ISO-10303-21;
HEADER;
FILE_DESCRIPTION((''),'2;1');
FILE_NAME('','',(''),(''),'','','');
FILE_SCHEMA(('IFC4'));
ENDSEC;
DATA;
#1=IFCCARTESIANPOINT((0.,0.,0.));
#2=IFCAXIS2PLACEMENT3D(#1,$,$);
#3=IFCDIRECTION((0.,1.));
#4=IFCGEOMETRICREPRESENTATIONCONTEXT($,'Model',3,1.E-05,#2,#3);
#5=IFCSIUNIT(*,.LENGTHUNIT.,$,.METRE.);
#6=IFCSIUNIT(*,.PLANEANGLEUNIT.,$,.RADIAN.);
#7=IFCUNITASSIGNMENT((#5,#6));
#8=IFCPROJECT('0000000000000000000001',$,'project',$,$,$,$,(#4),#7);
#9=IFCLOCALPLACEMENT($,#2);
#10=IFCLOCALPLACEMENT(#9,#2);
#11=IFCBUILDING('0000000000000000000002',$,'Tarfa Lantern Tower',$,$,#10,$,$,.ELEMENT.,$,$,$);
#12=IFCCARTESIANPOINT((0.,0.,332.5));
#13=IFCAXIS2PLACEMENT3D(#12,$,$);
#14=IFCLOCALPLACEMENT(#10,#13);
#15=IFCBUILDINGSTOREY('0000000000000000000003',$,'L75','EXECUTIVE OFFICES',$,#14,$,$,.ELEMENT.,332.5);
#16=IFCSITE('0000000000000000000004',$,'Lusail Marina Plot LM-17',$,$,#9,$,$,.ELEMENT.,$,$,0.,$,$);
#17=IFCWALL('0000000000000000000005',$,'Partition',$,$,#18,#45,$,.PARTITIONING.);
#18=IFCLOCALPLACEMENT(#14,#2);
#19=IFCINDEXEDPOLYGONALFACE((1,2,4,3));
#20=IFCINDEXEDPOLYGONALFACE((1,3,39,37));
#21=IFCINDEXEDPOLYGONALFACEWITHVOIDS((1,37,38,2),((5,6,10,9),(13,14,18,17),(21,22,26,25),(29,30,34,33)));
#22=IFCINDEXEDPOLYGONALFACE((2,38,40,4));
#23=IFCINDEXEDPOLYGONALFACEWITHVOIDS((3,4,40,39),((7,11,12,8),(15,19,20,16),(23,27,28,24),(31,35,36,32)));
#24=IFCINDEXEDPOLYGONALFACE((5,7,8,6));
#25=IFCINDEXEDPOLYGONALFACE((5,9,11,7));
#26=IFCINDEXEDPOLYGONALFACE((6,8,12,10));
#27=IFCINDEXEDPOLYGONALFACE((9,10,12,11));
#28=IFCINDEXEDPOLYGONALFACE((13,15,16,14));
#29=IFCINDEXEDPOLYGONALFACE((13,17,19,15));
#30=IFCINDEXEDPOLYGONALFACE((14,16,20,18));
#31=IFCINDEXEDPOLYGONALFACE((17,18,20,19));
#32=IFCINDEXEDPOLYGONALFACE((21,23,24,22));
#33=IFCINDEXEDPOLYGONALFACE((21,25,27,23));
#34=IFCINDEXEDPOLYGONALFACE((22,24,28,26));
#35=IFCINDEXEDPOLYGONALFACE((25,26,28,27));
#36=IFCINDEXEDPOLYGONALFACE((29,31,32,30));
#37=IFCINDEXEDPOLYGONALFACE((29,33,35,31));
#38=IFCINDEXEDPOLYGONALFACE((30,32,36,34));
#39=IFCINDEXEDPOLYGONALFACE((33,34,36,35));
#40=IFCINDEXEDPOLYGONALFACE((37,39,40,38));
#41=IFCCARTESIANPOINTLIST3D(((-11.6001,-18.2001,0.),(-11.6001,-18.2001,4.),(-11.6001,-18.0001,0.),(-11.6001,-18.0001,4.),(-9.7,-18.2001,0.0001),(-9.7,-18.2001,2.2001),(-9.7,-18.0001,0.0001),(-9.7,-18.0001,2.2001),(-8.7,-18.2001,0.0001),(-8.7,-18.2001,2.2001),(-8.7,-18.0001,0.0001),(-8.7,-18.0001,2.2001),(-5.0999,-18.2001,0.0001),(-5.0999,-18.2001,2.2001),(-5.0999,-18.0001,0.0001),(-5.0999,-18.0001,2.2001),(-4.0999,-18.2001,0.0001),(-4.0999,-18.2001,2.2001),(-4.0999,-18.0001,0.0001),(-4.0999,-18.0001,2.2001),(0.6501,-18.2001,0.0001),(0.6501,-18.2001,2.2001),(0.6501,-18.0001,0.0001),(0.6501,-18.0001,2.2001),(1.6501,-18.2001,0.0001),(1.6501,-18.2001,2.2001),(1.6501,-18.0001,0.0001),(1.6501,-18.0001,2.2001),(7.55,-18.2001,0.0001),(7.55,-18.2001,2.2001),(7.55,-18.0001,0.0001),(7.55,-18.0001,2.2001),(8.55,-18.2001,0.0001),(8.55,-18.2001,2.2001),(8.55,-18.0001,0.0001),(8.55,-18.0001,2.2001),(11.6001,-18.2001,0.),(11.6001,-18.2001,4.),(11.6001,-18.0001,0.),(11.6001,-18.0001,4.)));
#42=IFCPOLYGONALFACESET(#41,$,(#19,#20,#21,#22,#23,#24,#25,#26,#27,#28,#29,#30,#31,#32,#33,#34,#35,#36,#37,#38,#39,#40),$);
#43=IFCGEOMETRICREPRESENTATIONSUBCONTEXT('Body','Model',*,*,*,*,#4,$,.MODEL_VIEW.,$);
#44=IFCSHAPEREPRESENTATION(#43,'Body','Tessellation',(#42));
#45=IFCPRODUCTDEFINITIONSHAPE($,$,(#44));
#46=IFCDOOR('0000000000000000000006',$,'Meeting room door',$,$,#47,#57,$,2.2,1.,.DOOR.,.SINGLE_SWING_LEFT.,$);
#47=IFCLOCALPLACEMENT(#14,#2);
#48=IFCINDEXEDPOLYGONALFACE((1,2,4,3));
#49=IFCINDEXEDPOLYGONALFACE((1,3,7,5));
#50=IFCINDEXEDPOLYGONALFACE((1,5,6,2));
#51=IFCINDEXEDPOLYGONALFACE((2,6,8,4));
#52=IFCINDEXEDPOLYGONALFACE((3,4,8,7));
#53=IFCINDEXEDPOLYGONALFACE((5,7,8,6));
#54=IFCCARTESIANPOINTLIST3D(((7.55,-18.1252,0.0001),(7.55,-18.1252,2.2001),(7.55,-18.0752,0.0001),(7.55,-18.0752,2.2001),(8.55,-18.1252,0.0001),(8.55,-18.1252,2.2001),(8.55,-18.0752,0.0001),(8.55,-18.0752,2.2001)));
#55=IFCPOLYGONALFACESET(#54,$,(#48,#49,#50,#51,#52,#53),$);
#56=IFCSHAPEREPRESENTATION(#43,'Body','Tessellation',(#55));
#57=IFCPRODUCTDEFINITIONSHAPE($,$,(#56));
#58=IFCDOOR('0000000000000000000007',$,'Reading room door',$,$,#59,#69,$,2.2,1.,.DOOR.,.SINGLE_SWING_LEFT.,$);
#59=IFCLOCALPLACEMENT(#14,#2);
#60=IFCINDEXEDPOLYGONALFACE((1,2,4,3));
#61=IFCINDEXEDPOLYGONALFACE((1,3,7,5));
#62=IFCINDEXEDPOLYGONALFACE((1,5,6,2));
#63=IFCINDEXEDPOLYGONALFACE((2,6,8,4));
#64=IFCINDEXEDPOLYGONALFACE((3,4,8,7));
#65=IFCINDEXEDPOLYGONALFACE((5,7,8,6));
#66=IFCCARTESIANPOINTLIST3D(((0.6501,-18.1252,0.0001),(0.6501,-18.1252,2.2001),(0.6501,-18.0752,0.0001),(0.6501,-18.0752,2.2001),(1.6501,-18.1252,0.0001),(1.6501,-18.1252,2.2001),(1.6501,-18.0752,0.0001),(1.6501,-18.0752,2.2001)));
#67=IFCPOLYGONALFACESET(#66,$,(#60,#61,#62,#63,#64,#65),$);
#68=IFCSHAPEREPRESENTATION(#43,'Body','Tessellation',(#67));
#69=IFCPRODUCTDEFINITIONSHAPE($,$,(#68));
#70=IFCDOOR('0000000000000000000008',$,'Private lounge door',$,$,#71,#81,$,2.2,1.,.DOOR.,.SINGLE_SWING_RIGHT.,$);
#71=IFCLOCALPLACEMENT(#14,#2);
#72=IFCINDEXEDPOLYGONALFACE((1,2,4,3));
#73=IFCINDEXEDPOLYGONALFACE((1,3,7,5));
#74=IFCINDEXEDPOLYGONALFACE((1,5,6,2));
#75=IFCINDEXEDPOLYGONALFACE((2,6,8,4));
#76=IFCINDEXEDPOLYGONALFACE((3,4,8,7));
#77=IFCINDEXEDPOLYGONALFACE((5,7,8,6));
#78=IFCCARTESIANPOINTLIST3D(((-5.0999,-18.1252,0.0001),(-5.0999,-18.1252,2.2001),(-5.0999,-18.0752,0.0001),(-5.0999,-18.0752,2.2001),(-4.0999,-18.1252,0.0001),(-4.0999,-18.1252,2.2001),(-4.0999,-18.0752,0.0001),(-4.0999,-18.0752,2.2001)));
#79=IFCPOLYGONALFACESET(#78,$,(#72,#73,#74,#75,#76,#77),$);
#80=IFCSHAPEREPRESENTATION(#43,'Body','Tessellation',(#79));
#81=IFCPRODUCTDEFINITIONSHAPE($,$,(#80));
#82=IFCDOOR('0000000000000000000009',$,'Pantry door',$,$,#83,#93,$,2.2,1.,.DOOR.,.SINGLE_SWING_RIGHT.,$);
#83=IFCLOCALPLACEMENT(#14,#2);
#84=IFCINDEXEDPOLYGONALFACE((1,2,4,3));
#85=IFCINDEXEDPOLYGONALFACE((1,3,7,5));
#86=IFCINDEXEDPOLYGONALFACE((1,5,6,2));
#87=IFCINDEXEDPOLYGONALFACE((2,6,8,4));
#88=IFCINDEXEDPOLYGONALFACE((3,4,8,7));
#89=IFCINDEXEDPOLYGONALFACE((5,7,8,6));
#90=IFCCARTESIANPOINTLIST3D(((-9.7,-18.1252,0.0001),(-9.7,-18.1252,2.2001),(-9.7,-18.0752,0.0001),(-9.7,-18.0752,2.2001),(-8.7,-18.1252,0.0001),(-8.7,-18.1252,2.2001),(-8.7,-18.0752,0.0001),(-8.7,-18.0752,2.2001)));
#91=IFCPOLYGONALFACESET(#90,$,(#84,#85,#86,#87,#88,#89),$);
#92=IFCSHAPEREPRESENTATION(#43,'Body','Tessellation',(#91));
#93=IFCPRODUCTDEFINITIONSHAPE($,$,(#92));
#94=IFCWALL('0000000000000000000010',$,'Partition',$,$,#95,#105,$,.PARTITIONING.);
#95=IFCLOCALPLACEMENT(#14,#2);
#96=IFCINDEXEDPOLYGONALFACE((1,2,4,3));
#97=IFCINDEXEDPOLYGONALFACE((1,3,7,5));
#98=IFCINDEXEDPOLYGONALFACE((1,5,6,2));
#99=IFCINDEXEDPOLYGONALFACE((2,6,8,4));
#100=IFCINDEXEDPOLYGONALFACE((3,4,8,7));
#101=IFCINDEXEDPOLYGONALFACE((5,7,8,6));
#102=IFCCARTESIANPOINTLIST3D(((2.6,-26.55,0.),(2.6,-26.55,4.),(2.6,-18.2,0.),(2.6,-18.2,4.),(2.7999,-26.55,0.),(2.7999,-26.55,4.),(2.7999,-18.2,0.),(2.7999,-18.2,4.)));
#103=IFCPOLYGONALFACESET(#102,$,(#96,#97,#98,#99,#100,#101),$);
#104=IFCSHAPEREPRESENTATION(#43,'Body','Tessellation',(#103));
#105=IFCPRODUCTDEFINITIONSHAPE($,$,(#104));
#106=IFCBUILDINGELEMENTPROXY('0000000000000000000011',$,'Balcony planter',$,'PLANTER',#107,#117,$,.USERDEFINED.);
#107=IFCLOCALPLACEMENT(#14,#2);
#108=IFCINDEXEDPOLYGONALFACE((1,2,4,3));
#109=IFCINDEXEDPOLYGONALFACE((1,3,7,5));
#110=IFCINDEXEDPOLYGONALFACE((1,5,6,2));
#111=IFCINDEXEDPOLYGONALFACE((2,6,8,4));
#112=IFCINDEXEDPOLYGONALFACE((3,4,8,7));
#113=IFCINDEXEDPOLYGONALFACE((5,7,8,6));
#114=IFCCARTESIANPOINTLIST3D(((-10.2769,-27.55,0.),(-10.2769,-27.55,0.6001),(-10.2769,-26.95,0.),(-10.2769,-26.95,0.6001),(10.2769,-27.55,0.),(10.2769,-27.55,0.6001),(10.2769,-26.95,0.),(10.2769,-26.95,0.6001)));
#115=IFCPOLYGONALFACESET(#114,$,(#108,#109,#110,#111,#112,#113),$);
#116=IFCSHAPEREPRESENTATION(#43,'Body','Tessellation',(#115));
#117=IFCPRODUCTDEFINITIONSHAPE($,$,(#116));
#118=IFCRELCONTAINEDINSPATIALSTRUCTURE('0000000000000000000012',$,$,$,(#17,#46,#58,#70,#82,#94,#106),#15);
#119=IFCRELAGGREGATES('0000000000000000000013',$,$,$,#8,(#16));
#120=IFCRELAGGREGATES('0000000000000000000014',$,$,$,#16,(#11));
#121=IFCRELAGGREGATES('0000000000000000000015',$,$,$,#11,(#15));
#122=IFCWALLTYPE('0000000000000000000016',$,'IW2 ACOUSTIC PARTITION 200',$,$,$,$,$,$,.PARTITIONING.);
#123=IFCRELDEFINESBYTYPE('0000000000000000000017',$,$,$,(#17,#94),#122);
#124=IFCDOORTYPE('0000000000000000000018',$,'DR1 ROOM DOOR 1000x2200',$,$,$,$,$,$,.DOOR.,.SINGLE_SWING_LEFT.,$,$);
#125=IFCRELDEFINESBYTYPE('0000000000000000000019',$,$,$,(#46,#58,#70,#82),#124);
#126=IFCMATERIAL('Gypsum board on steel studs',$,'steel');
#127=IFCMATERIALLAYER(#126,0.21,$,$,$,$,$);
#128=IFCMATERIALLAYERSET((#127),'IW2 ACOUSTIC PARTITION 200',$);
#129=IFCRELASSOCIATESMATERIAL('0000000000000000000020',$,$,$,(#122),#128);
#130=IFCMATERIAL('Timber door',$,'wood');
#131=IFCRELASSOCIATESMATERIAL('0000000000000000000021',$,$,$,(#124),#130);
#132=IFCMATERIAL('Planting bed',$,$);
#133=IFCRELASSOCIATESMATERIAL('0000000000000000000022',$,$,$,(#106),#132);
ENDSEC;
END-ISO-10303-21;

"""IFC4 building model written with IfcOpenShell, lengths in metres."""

from ifc_helpers import new_model, si_unit, direction, frame, frame_2d, origin, origin_2d, place, context, subcontext, project, spatial, rectangle, extrude, material, layer, layer_set, type_object, element, fill, save


model = new_model("IFC4")

# Units and contexts
model_context = context("Model", 3, precision=1e-05, world=origin(), true_north=direction((0.0, 1.0)))
body_context = subcontext(model_context, "Body", "Model", "MODEL_VIEW")
ifc_project = project(units=[si_unit("LENGTHUNIT", "METRE"), si_unit("PLANEANGLEUNIT", "RADIAN")], contexts=[model_context])

# Site, building, storey
site_placement = place(None, origin())
site = spatial("IfcSite", under=ifc_project, at=site_placement, Name="Lusail Marina Plot LM-17", CompositionType="ELEMENT", RefElevation=0.0)
building_placement = place(site_placement, origin())
building = spatial("IfcBuilding", under=site, at=building_placement, Name="Tarfa Lantern Tower", CompositionType="ELEMENT")
storey_placement = place(building_placement, frame((0.0, 0.0, 332.5)))
storey = spatial("IfcBuildingStorey", under=building, at=storey_placement, Name="L75", Description="EXECUTIVE OFFICES", CompositionType="ELEMENT", Elevation=332.5)

# Wall, openings, doors
ifc_material_1 = material(Name="Gypsum board on steel studs", Category="steel")
ifc_layer_1 = layer(ifc_material_1, 0.21)
ifc_layer_set_1 = layer_set([ifc_layer_1], Name="IW2 ACOUSTIC PARTITION 200")
wall_type = type_object("IfcWallType", Name="IW2 ACOUSTIC PARTITION 200", PredefinedType="PARTITIONING", material=ifc_layer_set_1)
wall_1_placement = place(storey_placement, frame((11.6001, -18.1001, 0.0), z_axis=(0.0, 0.0, 1.0), x_axis=(-1.0, 0.0, 0.0)))
wall_1 = element("IfcWall", 1, at=wall_1_placement, inside=storey, type_object=wall_type, Name="Partition", PredefinedType="PARTITIONING", context=body_context, shape_type="SweptSolid", body=[
    extrude(rectangle(XDim=23.2002, YDim=0.2, at=frame_2d((11.6001, 0.0))), origin(), (0.0, 0.0, 1.0), 4.0),
])
opening_1_placement = place(wall_1_placement, frame((3.05, 0.0, 0.0)))
opening_1 = element("IfcOpeningElement", 2, at=opening_1_placement, cuts=wall_1, PredefinedType="OPENING", context=body_context, shape_type="SweptSolid", body=[
    extrude(rectangle(XDim=1.0, YDim=2.2, at=frame_2d((0.5, 1.1001))), frame((0.0, 0.1099, 0.0), z_axis=(0.0, -1.0, 0.0), x_axis=(1.0, 0.0, 0.0)), (0.0, 0.0, 1.0), 0.22),
])
opening_2_placement = place(wall_1_placement, frame((9.95, 0.0, 0.0)))
opening_2 = element("IfcOpeningElement", 3, at=opening_2_placement, cuts=wall_1, PredefinedType="OPENING", context=body_context, shape_type="SweptSolid", body=[
    extrude(rectangle(XDim=1.0, YDim=2.2, at=frame_2d((0.5, 1.1001))), frame((0.0, 0.1099, 0.0), z_axis=(0.0, -1.0, 0.0), x_axis=(1.0, 0.0, 0.0)), (0.0, 0.0, 1.0), 0.22),
])
opening_3_placement = place(wall_1_placement, frame((15.7, 0.0, 0.0)))
opening_3 = element("IfcOpeningElement", 4, at=opening_3_placement, cuts=wall_1, PredefinedType="OPENING", context=body_context, shape_type="SweptSolid", body=[
    extrude(rectangle(XDim=1.0, YDim=2.2, at=frame_2d((0.5, 1.1001))), frame((0.0, 0.1099, 0.0), z_axis=(0.0, -1.0, 0.0), x_axis=(1.0, 0.0, 0.0)), (0.0, 0.0, 1.0), 0.22),
])
opening_4_placement = place(wall_1_placement, frame((20.3, 0.0, 0.0)))
opening_4 = element("IfcOpeningElement", 5, at=opening_4_placement, cuts=wall_1, PredefinedType="OPENING", context=body_context, shape_type="SweptSolid", body=[
    extrude(rectangle(XDim=1.0, YDim=2.2, at=frame_2d((0.5, 1.1001))), frame((0.0, 0.1099, 0.0), z_axis=(0.0, -1.0, 0.0), x_axis=(1.0, 0.0, 0.0)), (0.0, 0.0, 1.0), 0.22),
])
ifc_material_2 = material(Name="Timber door", Category="wood")
door_type = type_object("IfcDoorType", Name="DR1 ROOM DOOR 1000x2200", OperationType="SINGLE_SWING_LEFT", PredefinedType="DOOR", material=ifc_material_2)
door_1_placement = place(opening_1_placement, frame((1.0, 0.0, 0.0), z_axis=(0.0, 0.0, 1.0), x_axis=(-1.0, 0.0, 0.0)))
door_1 = element("IfcDoor", 6, at=door_1_placement, inside=storey, type_object=door_type, Name="Meeting room door", OperationType="SINGLE_SWING_LEFT", OverallHeight=2.2, OverallWidth=1.0, PredefinedType="DOOR", context=body_context, shape_type="SweptSolid", body=[
    extrude(rectangle(XDim=1.0, YDim=2.2, at=frame_2d((0.5, 1.1001))), frame((0.0, 0.0249, 0.0), z_axis=(0.0, -1.0, 0.0), x_axis=(1.0, 0.0, 0.0)), (0.0, 0.0, 1.0), 0.05),
])
fill(opening_1, door_1)
door_2_placement = place(opening_2_placement, frame((1.0, 0.0, 0.0), z_axis=(0.0, 0.0, 1.0), x_axis=(-1.0, 0.0, 0.0)))
door_2 = element("IfcDoor", 7, at=door_2_placement, inside=storey, type_object=door_type, Name="Reading room door", OperationType="SINGLE_SWING_LEFT", OverallHeight=2.2, OverallWidth=1.0, PredefinedType="DOOR", context=body_context, shape_type="SweptSolid", body=[
    extrude(rectangle(XDim=1.0, YDim=2.2, at=frame_2d((0.5, 1.1001))), frame((0.0, 0.0249, 0.0), z_axis=(0.0, -1.0, 0.0), x_axis=(1.0, 0.0, 0.0)), (0.0, 0.0, 1.0), 0.05),
])
fill(opening_2, door_2)
door_3_placement = place(opening_3_placement, frame((1.0, 0.0, 0.0), z_axis=(0.0, 0.0, 1.0), x_axis=(-1.0, 0.0, 0.0)))
door_3 = element("IfcDoor", 8, at=door_3_placement, inside=storey, type_object=door_type, Name="Private lounge door", OperationType="SINGLE_SWING_RIGHT", OverallHeight=2.2, OverallWidth=1.0, PredefinedType="DOOR", context=body_context, shape_type="SweptSolid", body=[
    extrude(rectangle(XDim=1.0, YDim=2.2, at=frame_2d((0.5, 1.1001))), frame((0.0, 0.0249, 0.0), z_axis=(0.0, -1.0, 0.0), x_axis=(1.0, 0.0, 0.0)), (0.0, 0.0, 1.0), 0.05),
])
fill(opening_3, door_3)
door_4_placement = place(opening_4_placement, frame((1.0, 0.0, 0.0), z_axis=(0.0, 0.0, 1.0), x_axis=(-1.0, 0.0, 0.0)))
door_4 = element("IfcDoor", 9, at=door_4_placement, inside=storey, type_object=door_type, Name="Pantry door", OperationType="SINGLE_SWING_RIGHT", OverallHeight=2.2, OverallWidth=1.0, PredefinedType="DOOR", context=body_context, shape_type="SweptSolid", body=[
    extrude(rectangle(XDim=1.0, YDim=2.2, at=frame_2d((0.5, 1.1001))), frame((0.0, 0.0249, 0.0), z_axis=(0.0, -1.0, 0.0), x_axis=(1.0, 0.0, 0.0)), (0.0, 0.0, 1.0), 0.05),
])
fill(opening_4, door_4)

# Wall
wall_2_placement = place(storey_placement, frame((2.7, -18.2, 0.0), z_axis=(0.0, 0.0, 1.0), x_axis=(0.0, -1.0, 0.0)))
element("IfcWall", 10, at=wall_2_placement, inside=storey, type_object=wall_type, Name="Partition", PredefinedType="PARTITIONING", context=body_context, shape_type="SweptSolid", body=[
    extrude(rectangle(XDim=8.3501, YDim=0.2, at=frame_2d((4.175, 0.0))), origin(), (0.0, 0.0, 1.0), 4.0),
])

# Building element proxy
ifc_material_3 = material(Name="Planting bed")
proxy_placement = place(storey_placement, frame((0.0, -27.25, 0.0), z_axis=(0.0, 0.0, 1.0), x_axis=(1.0, 0.0, 0.0)))
element("IfcBuildingElementProxy", 11, at=proxy_placement, inside=storey, material=ifc_material_3, Name="Balcony planter", ObjectType="PLANTER", PredefinedType="USERDEFINED", context=body_context, shape_type="SweptSolid", body=[
    extrude(rectangle(XDim=20.5537, YDim=0.6001, at=origin_2d()), origin(), (0.0, 0.0, 1.0), 0.6001),
])

save(model, "model.ifc")
